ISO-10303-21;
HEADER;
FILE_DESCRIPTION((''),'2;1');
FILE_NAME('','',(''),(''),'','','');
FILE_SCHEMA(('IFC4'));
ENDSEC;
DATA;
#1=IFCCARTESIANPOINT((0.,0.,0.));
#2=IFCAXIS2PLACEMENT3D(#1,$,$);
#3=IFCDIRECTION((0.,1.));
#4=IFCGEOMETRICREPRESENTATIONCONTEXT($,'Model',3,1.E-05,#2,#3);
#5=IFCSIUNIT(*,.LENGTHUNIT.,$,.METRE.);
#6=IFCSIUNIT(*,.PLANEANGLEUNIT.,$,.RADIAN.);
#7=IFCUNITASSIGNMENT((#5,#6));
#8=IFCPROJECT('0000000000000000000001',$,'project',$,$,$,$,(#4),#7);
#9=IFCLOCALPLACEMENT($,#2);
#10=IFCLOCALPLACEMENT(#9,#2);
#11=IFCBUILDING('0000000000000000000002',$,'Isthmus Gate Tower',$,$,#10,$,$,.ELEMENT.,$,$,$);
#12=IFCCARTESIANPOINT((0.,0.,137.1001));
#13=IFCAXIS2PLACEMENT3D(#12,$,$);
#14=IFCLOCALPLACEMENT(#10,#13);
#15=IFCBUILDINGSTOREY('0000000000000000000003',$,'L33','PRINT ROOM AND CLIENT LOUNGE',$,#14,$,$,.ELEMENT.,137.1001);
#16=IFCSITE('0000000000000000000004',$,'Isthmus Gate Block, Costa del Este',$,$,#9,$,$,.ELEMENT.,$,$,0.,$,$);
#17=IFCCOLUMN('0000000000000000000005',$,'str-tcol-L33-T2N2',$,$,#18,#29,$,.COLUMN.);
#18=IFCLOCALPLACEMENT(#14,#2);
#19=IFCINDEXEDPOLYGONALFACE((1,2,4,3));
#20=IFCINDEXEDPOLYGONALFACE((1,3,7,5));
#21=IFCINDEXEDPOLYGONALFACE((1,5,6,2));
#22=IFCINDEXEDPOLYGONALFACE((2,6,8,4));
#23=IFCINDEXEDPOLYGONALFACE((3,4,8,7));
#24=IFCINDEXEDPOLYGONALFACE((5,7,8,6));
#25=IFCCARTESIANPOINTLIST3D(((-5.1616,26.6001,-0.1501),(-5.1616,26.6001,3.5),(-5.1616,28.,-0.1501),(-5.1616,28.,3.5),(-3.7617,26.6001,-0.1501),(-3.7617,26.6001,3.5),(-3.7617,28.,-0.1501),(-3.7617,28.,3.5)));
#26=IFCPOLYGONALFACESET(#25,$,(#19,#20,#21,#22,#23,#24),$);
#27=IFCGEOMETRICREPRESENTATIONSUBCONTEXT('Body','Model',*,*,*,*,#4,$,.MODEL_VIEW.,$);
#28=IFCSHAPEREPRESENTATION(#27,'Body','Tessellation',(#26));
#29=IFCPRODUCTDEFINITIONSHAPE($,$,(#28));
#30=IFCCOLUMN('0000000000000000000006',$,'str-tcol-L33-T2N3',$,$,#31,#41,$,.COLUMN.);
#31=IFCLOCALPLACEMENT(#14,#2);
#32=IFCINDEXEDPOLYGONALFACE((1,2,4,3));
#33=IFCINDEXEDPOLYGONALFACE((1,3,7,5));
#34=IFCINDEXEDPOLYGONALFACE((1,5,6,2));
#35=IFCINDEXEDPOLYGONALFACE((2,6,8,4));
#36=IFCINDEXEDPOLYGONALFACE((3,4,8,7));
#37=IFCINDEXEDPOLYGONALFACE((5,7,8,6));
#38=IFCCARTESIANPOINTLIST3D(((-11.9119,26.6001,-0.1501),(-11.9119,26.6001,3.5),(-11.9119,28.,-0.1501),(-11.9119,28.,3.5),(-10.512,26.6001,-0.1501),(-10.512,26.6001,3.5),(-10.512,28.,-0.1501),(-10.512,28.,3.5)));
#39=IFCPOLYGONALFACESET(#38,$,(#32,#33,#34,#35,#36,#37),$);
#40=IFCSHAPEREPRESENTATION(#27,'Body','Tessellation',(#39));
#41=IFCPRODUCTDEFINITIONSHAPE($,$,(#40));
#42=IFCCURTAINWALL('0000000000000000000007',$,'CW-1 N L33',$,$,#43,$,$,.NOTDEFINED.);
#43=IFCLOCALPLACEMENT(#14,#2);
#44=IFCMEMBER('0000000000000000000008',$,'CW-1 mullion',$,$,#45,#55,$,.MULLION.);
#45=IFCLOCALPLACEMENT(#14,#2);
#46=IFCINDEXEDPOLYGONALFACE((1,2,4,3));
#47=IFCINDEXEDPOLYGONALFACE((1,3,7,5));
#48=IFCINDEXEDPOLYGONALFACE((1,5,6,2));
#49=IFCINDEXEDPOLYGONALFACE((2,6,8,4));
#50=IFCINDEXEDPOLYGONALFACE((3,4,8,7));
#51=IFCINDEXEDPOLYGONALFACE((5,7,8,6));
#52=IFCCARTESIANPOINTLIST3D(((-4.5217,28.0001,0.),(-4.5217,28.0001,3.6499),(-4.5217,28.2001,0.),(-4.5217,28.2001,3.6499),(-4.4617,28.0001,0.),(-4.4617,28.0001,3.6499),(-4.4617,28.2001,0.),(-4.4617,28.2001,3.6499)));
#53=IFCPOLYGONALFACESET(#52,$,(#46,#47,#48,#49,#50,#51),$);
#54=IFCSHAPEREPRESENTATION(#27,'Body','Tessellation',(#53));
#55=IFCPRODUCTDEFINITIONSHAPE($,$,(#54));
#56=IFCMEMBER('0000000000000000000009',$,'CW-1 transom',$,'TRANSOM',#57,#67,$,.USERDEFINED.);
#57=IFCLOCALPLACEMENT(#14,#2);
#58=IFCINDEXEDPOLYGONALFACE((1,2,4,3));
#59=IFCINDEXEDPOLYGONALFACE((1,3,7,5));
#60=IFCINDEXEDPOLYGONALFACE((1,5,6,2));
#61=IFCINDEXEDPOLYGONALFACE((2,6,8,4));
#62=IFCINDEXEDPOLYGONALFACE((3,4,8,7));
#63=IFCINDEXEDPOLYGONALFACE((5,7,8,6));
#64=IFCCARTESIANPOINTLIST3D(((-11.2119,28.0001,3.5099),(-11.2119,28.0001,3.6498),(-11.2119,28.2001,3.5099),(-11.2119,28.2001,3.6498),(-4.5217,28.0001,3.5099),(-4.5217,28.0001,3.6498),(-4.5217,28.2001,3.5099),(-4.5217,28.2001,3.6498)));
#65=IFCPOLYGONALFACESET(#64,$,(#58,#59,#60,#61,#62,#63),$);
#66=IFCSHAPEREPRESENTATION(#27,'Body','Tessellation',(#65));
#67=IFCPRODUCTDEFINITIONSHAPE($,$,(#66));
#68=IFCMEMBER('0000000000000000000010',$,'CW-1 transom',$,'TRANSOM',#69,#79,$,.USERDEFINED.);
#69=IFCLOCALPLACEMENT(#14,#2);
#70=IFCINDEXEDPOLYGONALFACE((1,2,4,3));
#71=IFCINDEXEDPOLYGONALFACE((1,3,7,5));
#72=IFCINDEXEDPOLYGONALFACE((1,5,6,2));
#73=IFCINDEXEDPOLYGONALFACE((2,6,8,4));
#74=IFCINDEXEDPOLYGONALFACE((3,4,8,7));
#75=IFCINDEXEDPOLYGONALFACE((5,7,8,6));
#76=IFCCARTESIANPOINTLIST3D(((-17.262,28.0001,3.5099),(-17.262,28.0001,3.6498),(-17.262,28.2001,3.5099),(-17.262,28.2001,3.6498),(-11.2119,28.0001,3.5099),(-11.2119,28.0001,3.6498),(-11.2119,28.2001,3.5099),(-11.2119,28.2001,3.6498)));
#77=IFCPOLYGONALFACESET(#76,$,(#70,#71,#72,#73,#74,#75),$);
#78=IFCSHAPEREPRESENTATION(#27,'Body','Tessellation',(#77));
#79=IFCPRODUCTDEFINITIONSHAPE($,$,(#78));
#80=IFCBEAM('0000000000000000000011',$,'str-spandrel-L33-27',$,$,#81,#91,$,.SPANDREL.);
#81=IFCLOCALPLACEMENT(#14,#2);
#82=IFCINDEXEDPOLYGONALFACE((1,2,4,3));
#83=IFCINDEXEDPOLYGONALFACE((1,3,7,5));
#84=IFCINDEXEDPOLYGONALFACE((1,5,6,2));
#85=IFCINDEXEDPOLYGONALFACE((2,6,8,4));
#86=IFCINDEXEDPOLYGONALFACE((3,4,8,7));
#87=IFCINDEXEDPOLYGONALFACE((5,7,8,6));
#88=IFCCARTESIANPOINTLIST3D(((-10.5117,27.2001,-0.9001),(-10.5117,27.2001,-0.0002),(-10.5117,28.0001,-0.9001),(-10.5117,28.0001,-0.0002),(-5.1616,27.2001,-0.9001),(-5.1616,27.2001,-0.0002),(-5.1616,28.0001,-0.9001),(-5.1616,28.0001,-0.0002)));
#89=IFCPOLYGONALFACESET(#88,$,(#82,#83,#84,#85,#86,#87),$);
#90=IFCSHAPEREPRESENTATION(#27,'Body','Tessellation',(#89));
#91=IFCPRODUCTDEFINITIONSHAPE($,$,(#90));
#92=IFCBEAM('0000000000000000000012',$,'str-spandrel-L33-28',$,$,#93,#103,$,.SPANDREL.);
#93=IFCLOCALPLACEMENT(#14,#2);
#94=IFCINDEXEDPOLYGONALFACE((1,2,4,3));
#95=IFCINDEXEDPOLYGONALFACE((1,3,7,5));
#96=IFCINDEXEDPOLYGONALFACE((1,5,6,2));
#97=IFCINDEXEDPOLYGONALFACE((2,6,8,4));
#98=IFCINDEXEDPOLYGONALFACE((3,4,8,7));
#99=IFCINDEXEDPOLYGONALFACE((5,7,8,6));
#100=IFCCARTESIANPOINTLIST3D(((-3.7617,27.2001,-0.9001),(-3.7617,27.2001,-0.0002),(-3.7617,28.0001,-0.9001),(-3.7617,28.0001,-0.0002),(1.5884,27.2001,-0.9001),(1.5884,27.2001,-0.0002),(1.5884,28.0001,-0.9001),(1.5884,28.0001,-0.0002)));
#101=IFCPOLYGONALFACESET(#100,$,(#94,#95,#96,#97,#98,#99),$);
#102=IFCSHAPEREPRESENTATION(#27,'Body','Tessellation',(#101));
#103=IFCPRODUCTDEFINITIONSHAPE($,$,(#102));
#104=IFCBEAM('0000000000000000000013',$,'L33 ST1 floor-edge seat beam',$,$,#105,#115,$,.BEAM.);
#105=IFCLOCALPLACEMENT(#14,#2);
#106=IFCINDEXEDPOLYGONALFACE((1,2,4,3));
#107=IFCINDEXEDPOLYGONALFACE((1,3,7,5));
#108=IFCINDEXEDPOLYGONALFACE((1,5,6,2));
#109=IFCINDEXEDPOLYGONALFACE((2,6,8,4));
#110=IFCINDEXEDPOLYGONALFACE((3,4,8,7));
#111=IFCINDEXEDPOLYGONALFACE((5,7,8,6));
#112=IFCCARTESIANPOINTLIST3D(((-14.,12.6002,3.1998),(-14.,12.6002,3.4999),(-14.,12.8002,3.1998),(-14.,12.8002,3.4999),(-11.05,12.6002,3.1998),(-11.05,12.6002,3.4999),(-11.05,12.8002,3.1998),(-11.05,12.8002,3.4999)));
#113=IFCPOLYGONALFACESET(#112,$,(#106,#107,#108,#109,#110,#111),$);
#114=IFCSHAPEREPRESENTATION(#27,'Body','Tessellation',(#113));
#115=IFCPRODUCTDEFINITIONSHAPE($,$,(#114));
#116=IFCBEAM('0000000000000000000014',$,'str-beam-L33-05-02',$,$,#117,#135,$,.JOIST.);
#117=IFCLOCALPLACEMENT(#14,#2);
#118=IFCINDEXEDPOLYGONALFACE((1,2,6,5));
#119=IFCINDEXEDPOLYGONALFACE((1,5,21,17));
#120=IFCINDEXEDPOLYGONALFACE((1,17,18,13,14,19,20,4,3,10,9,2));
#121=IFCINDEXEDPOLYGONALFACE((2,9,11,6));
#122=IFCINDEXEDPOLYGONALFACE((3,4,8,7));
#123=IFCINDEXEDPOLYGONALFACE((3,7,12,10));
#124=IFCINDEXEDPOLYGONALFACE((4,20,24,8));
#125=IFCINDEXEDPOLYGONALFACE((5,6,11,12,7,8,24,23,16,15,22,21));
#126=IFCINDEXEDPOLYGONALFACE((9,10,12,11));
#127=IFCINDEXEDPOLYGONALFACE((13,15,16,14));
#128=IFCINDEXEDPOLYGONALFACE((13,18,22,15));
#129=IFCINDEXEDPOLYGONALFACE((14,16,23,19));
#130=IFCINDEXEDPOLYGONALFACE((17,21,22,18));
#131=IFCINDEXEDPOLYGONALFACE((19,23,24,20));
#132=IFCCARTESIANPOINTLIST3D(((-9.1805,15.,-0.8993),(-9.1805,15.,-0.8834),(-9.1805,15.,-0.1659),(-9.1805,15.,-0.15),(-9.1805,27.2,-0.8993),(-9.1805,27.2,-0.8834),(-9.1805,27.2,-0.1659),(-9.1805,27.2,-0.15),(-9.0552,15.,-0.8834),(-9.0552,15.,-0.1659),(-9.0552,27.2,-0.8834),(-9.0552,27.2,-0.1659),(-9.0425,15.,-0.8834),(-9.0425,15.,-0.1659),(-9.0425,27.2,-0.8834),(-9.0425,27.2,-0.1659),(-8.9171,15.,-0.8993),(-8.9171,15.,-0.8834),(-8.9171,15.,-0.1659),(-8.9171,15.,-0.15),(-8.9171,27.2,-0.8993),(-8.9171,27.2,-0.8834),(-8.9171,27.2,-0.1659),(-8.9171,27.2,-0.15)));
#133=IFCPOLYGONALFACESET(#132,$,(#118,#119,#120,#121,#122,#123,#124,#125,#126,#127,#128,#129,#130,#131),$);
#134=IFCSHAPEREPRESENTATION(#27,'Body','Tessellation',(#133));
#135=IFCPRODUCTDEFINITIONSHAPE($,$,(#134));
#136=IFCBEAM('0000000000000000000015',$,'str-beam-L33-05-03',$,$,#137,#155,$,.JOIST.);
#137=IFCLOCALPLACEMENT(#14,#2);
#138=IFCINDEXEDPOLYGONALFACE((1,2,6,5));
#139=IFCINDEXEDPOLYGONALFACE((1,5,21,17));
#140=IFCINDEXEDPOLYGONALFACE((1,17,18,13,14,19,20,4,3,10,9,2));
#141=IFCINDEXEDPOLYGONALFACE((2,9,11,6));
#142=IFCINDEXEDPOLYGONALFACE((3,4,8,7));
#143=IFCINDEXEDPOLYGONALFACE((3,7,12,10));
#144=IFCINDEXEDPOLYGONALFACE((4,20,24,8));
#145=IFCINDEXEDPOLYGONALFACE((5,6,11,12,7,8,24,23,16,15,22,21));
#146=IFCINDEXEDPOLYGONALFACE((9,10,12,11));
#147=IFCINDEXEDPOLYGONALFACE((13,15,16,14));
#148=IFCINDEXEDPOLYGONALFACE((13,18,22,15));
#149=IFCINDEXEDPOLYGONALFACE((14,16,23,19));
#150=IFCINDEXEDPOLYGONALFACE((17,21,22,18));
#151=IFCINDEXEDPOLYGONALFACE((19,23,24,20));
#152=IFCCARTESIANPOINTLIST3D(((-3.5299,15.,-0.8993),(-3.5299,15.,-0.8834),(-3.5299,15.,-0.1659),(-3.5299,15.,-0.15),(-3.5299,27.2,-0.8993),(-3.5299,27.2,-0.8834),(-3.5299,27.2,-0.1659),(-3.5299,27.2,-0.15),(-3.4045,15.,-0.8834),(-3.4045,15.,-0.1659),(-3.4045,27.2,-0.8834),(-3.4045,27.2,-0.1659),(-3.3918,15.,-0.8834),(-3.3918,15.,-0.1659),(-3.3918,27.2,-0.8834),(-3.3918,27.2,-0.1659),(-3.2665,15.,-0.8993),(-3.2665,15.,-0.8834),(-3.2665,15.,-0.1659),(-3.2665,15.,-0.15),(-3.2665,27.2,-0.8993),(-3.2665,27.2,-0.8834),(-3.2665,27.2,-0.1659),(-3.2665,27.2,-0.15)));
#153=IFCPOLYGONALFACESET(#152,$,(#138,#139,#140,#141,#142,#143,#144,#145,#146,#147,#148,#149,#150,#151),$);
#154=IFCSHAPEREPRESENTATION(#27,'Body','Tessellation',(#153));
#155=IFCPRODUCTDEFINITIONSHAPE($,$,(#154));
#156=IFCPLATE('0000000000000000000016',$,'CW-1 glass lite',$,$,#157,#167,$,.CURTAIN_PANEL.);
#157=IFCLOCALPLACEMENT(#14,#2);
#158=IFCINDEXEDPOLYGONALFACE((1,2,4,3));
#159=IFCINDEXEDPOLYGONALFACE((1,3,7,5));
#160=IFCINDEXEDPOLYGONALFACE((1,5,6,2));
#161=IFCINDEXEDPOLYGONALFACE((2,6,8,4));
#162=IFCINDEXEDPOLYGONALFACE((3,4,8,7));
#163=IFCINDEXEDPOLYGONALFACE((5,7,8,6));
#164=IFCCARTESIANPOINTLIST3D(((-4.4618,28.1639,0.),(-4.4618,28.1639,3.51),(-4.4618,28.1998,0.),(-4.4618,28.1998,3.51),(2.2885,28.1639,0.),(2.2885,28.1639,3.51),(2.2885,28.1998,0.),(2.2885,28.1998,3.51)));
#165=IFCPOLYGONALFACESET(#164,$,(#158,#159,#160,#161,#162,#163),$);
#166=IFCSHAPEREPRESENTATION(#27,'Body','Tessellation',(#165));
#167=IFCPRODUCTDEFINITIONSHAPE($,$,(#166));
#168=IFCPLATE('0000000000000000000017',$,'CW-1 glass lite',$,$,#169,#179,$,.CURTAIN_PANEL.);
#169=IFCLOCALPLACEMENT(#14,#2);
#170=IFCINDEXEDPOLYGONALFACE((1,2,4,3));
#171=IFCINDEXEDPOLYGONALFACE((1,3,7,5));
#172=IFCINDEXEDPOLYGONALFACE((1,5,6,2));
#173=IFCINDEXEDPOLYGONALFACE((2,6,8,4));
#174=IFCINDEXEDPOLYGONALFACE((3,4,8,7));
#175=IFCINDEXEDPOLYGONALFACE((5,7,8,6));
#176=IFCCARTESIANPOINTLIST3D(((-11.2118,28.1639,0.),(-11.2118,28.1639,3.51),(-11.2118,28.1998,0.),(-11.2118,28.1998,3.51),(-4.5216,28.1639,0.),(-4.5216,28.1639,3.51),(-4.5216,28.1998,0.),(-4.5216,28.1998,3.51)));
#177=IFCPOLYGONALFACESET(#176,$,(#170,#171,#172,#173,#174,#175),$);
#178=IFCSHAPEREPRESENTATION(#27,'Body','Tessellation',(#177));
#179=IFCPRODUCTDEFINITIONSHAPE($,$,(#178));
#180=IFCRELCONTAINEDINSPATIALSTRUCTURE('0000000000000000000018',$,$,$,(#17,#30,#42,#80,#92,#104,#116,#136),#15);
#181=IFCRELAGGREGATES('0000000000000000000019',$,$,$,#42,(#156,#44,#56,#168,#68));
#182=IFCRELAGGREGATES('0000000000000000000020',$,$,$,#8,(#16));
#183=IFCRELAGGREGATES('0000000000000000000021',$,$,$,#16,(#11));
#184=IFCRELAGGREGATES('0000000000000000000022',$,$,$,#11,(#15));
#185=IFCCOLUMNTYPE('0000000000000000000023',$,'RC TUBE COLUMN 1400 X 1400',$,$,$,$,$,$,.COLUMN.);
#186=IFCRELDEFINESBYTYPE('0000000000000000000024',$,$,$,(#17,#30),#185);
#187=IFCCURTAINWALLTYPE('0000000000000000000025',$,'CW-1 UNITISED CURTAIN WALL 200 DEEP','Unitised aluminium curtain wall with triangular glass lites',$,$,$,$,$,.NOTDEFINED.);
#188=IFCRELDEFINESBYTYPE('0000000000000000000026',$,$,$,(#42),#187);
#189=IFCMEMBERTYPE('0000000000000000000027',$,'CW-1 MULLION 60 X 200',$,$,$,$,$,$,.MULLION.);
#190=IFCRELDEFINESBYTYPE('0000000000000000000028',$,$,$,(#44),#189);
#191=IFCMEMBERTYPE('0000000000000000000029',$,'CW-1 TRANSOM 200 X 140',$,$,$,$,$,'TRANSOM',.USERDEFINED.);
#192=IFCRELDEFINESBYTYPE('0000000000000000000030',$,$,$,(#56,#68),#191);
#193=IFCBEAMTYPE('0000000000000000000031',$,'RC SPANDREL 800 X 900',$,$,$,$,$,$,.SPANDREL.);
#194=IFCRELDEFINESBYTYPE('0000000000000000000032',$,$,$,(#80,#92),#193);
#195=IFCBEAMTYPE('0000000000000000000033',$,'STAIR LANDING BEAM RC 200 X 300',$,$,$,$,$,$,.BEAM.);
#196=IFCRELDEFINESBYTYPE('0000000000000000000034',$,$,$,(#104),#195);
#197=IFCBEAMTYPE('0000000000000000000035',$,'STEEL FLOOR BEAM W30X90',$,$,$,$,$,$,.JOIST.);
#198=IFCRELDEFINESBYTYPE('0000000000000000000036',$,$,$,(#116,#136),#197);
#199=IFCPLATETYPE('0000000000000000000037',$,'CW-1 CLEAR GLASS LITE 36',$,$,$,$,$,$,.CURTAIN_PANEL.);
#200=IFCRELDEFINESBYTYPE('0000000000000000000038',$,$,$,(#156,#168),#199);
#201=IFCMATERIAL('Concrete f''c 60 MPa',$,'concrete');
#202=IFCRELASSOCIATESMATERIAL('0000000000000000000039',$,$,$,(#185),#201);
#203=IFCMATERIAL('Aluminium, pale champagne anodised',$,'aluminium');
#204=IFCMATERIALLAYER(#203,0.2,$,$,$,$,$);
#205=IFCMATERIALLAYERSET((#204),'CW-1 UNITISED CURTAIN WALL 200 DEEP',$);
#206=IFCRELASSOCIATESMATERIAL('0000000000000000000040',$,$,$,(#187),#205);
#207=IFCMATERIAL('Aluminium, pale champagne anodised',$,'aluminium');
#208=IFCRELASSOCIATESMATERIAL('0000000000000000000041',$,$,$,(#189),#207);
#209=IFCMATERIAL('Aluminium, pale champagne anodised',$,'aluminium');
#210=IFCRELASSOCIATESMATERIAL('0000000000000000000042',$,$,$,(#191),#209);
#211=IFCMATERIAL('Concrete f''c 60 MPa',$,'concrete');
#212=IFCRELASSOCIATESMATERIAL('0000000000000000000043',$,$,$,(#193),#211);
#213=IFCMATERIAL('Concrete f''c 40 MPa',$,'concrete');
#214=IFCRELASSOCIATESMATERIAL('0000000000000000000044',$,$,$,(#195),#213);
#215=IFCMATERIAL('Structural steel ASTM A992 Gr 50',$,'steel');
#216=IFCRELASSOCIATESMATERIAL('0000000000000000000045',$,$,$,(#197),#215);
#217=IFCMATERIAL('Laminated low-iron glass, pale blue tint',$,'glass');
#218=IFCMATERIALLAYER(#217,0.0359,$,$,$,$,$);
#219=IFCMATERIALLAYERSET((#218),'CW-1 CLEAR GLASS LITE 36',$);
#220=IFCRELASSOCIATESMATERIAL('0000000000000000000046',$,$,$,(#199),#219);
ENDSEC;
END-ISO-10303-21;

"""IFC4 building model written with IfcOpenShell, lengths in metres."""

from ifc_helpers import new_model, si_unit, direction, frame, origin, origin_2d, place, context, subcontext, project, spatial, rectangle, i_section, extrude, material, layer, layer_set, material_profile, profile_set, type_object, element, aggregate, save


model = new_model("IFC4")

# Units and contexts
model_context = context("Model", 3, precision=1e-05, world=origin(), true_north=direction((0.0, 1.0)))
body_context = subcontext(model_context, "Body", "Model", "MODEL_VIEW")
ifc_project = project(units=[si_unit("LENGTHUNIT", "METRE"), si_unit("PLANEANGLEUNIT", "RADIAN")], contexts=[model_context])

# Site, building, storey
site_placement = place(None, origin())
site = spatial("IfcSite", under=ifc_project, at=site_placement, Name="Isthmus Gate Block, Costa del Este", CompositionType="ELEMENT", RefElevation=0.0)
building_placement = place(site_placement, origin())
building = spatial("IfcBuilding", under=site, at=building_placement, Name="Isthmus Gate Tower", CompositionType="ELEMENT")
storey_placement = place(building_placement, frame((0.0, 0.0, 137.1001)))
storey = spatial("IfcBuildingStorey", under=building, at=storey_placement, Name="L33", Description="PRINT ROOM AND CLIENT LOUNGE", CompositionType="ELEMENT", Elevation=137.1001)

# Columns
ifc_material_1 = material(Name="Concrete f'c 60 MPa", Category="concrete")
ifc_material_profile_1 = material_profile(ifc_material_1, rectangle(XDim=1.3999, YDim=1.3999, at=origin_2d()), Name="RC 1400X1400")
ifc_profile_set_1 = profile_set([ifc_material_profile_1], Name="Concrete f'c 60 MPa")
column_type = type_object("IfcColumnType", Name="RC TUBE COLUMN 1400 X 1400", PredefinedType="COLUMN", material=ifc_profile_set_1)
for number, where, z_axis, x_axis, name in (
    (1, (-4.4617, 27.3, -0.1501), (0.0, 0.0, 1.0), (-1.0, 0.0, 0.0), "str-tcol-L33-T2N2"),
    (2, (-11.2119, 27.3, -0.1501), (0.0, 0.0, 1.0), (-1.0, 0.0, 0.0), "str-tcol-L33-T2N3"),
):
    element("IfcColumn", number, at=place(storey_placement, frame(where, z_axis=z_axis, x_axis=x_axis)), inside=storey, type_object=column_type, Name=name, PredefinedType="COLUMN", context=body_context, shape_type="SweptSolid", body=[
        extrude(rectangle(XDim=1.3999, YDim=1.3999, at=origin_2d()), origin(), (0.0, 0.0, 1.0), 3.6501),
    ])

# Curtain wall, members
ifc_material_2 = material(Name="Aluminium, pale champagne anodised", Category="aluminium")
ifc_layer_1 = layer(ifc_material_2, 0.2)
ifc_layer_set_1 = layer_set([ifc_layer_1], Name="CW-1 UNITISED CURTAIN WALL 200 DEEP")
curtain_wall_type = type_object("IfcCurtainWallType", Name="CW-1 UNITISED CURTAIN WALL 200 DEEP", Description="Unitised aluminium curtain wall with triangular glass lites", PredefinedType="NOTDEFINED", material=ifc_layer_set_1)
curtain_wall_placement = place(storey_placement, origin())
curtain_wall = element("IfcCurtainWall", 3, at=curtain_wall_placement, inside=storey, type_object=curtain_wall_type, Name="CW-1 N L33", PredefinedType="NOTDEFINED")
ifc_material_3 = material(Name="Aluminium, pale champagne anodised", Category="aluminium")
ifc_material_profile_2 = material_profile(ifc_material_3, rectangle(XDim=0.0601, YDim=0.2, at=origin_2d()), Name="60x200")
ifc_profile_set_2 = profile_set([ifc_material_profile_2], Name="Aluminium, pale champagne anodised")
member_type_1 = type_object("IfcMemberType", Name="CW-1 MULLION 60 X 200", PredefinedType="MULLION", material=ifc_profile_set_2)
member_1_placement = place(storey_placement, frame((-4.4917, 28.1001, 0.0), z_axis=(0.0, 0.0, 1.0), x_axis=(-1.0, 0.0, 0.0)))
member_1 = element("IfcMember", 4, at=member_1_placement, type_object=member_type_1, Name="CW-1 mullion", PredefinedType="MULLION", context=body_context, shape_type="SweptSolid", body=[
    extrude(rectangle(XDim=0.0601, YDim=0.2, at=origin_2d()), origin(), (0.0, 0.0, 1.0), 3.6499),
])
ifc_material_4 = material(Name="Aluminium, pale champagne anodised", Category="aluminium")
ifc_material_profile_3 = material_profile(ifc_material_4, rectangle(XDim=0.2, YDim=0.1399, at=origin_2d()), Name="200x140")
ifc_profile_set_3 = profile_set([ifc_material_profile_3], Name="Aluminium, pale champagne anodised")
member_type_2 = type_object("IfcMemberType", Name="CW-1 TRANSOM 200 X 140", ElementType="TRANSOM", PredefinedType="USERDEFINED", material=ifc_profile_set_3)
member_2_placement = place(storey_placement, frame((-4.5217, 28.1001, 3.5798), z_axis=(-1.0, 0.0, 0.0), x_axis=(0.0, -1.0, 0.0)))
member_2 = element("IfcMember", 5, at=member_2_placement, type_object=member_type_2, Name="CW-1 transom", ObjectType="TRANSOM", PredefinedType="USERDEFINED", context=body_context, shape_type="SweptSolid", body=[
    extrude(rectangle(XDim=0.2, YDim=0.1399, at=origin_2d()), origin(), (0.0, 0.0, 1.0), 6.6902),
])
member_3_placement = place(storey_placement, frame((-11.2119, 28.1001, 3.5798), z_axis=(-1.0, 0.0, 0.0), x_axis=(0.0, -1.0, 0.0)))
member_3 = element("IfcMember", 6, at=member_3_placement, type_object=member_type_2, Name="CW-1 transom", ObjectType="TRANSOM", PredefinedType="USERDEFINED", context=body_context, shape_type="SweptSolid", body=[
    extrude(rectangle(XDim=0.2, YDim=0.1399, at=origin_2d()), origin(), (0.0, 0.0, 1.0), 6.05),
])

# Beams
ifc_material_5 = material(Name="Concrete f'c 60 MPa", Category="concrete")
ifc_material_profile_4 = material_profile(ifc_material_5, rectangle(XDim=0.8, YDim=0.8999, at=origin_2d()), Name="RC 800X900")
ifc_profile_set_4 = profile_set([ifc_material_profile_4], Name="Concrete f'c 60 MPa")
beam_type_1 = type_object("IfcBeamType", Name="RC SPANDREL 800 X 900", PredefinedType="SPANDREL", material=ifc_profile_set_4)
for number, where, z_axis, x_axis, name in (
    (7, (-10.5117, 27.6001, -0.4502), (1.0, 0.0, 0.0), (0.0, 1.0, 0.0), "str-spandrel-L33-27"),
    (8, (-3.7617, 27.6001, -0.4502), (1.0, 0.0, 0.0), (0.0, 1.0, 0.0), "str-spandrel-L33-28"),
):
    element("IfcBeam", number, at=place(storey_placement, frame(where, z_axis=z_axis, x_axis=x_axis)), inside=storey, type_object=beam_type_1, Name=name, PredefinedType="SPANDREL", context=body_context, shape_type="SweptSolid", body=[
        extrude(rectangle(XDim=0.8, YDim=0.8999, at=origin_2d()), origin(), (0.0, 0.0, 1.0), 5.3501),
    ])
ifc_material_6 = material(Name="Concrete f'c 40 MPa", Category="concrete")
ifc_material_profile_5 = material_profile(ifc_material_6, rectangle(XDim=0.2, YDim=0.3, at=origin_2d()), Name="STAIR LANDING BEAM RC 200 X 300")
ifc_profile_set_5 = profile_set([ifc_material_profile_5], Name="Concrete f'c 40 MPa")
beam_type_2 = type_object("IfcBeamType", Name="STAIR LANDING BEAM RC 200 X 300", PredefinedType="BEAM", material=ifc_profile_set_5)
beam_placement = place(storey_placement, frame((-14.0, 12.7002, 3.3499), z_axis=(1.0, 0.0, 0.0), x_axis=(0.0, 1.0, 0.0)))
element("IfcBeam", 9, at=beam_placement, inside=storey, type_object=beam_type_2, Name="L33 ST1 floor-edge seat beam", PredefinedType="BEAM", context=body_context, shape_type="SweptSolid", body=[
    extrude(rectangle(XDim=0.2, YDim=0.3, at=origin_2d()), origin(), (0.0, 0.0, 1.0), 2.95),
])
ifc_material_7 = material(Name="Structural steel ASTM A992 Gr 50", Category="steel")
ifc_material_profile_6 = material_profile(ifc_material_7, i_section(OverallWidth=0.2634, OverallDepth=0.7493, WebThickness=0.0127, FlangeThickness=0.0159, at=origin_2d()), Name="W30X90")
ifc_profile_set_6 = profile_set([ifc_material_profile_6], Name="Structural steel ASTM A992 Gr 50")
beam_type_3 = type_object("IfcBeamType", Name="STEEL FLOOR BEAM W30X90", PredefinedType="JOIST", material=ifc_profile_set_6)
for number, where, z_axis, x_axis, name in (
    (10, (-9.0488, 15.0, -0.5247), (0.0, 1.0, 0.0), (-1.0, 0.0, 0.0), "str-beam-L33-05-02"),
    (11, (-3.3982, 15.0, -0.5247), (0.0, 1.0, 0.0), (-1.0, 0.0, 0.0), "str-beam-L33-05-03"),
):
    element("IfcBeam", number, at=place(storey_placement, frame(where, z_axis=z_axis, x_axis=x_axis)), inside=storey, type_object=beam_type_3, Name=name, PredefinedType="JOIST", context=body_context, shape_type="SweptSolid", body=[
        extrude(i_section(OverallWidth=0.2634, OverallDepth=0.7493, WebThickness=0.0127, FlangeThickness=0.0159, at=origin_2d()), origin(), (0.0, 0.0, 1.0), 12.2),
    ])

# Plates
ifc_material_8 = material(Name="Laminated low-iron glass, pale blue tint", Category="glass")
ifc_layer_2 = layer(ifc_material_8, 0.0359)
ifc_layer_set_2 = layer_set([ifc_layer_2], Name="CW-1 CLEAR GLASS LITE 36")
plate_type = type_object("IfcPlateType", Name="CW-1 CLEAR GLASS LITE 36", PredefinedType="CURTAIN_PANEL", material=ifc_layer_set_2)
plate_1_placement = place(storey_placement, frame((-1.0867, 28.1819, 0.0), z_axis=(0.0, 0.0, 1.0), x_axis=(-1.0, 0.0, 0.0)))
plate_1 = element("IfcPlate", 12, at=plate_1_placement, type_object=plate_type, Name="CW-1 glass lite", PredefinedType="CURTAIN_PANEL", context=body_context, shape_type="SweptSolid", body=[
    extrude(rectangle(XDim=6.7502, YDim=0.0359, at=origin_2d()), origin(), (0.0, 0.0, 1.0), 3.51),
])
plate_2_placement = place(storey_placement, frame((-7.8667, 28.1819, 0.0), z_axis=(0.0, 0.0, 1.0), x_axis=(-1.0, 0.0, 0.0)))
plate_2 = element("IfcPlate", 13, at=plate_2_placement, type_object=plate_type, Name="CW-1 glass lite", PredefinedType="CURTAIN_PANEL", context=body_context, shape_type="SweptSolid", body=[
    extrude(rectangle(XDim=6.6902, YDim=0.0359, at=origin_2d()), origin(), (0.0, 0.0, 1.0), 3.51),
])
aggregate(curtain_wall, [plate_1, member_1, member_2, plate_2, member_3])

save(model, "model.ifc")
